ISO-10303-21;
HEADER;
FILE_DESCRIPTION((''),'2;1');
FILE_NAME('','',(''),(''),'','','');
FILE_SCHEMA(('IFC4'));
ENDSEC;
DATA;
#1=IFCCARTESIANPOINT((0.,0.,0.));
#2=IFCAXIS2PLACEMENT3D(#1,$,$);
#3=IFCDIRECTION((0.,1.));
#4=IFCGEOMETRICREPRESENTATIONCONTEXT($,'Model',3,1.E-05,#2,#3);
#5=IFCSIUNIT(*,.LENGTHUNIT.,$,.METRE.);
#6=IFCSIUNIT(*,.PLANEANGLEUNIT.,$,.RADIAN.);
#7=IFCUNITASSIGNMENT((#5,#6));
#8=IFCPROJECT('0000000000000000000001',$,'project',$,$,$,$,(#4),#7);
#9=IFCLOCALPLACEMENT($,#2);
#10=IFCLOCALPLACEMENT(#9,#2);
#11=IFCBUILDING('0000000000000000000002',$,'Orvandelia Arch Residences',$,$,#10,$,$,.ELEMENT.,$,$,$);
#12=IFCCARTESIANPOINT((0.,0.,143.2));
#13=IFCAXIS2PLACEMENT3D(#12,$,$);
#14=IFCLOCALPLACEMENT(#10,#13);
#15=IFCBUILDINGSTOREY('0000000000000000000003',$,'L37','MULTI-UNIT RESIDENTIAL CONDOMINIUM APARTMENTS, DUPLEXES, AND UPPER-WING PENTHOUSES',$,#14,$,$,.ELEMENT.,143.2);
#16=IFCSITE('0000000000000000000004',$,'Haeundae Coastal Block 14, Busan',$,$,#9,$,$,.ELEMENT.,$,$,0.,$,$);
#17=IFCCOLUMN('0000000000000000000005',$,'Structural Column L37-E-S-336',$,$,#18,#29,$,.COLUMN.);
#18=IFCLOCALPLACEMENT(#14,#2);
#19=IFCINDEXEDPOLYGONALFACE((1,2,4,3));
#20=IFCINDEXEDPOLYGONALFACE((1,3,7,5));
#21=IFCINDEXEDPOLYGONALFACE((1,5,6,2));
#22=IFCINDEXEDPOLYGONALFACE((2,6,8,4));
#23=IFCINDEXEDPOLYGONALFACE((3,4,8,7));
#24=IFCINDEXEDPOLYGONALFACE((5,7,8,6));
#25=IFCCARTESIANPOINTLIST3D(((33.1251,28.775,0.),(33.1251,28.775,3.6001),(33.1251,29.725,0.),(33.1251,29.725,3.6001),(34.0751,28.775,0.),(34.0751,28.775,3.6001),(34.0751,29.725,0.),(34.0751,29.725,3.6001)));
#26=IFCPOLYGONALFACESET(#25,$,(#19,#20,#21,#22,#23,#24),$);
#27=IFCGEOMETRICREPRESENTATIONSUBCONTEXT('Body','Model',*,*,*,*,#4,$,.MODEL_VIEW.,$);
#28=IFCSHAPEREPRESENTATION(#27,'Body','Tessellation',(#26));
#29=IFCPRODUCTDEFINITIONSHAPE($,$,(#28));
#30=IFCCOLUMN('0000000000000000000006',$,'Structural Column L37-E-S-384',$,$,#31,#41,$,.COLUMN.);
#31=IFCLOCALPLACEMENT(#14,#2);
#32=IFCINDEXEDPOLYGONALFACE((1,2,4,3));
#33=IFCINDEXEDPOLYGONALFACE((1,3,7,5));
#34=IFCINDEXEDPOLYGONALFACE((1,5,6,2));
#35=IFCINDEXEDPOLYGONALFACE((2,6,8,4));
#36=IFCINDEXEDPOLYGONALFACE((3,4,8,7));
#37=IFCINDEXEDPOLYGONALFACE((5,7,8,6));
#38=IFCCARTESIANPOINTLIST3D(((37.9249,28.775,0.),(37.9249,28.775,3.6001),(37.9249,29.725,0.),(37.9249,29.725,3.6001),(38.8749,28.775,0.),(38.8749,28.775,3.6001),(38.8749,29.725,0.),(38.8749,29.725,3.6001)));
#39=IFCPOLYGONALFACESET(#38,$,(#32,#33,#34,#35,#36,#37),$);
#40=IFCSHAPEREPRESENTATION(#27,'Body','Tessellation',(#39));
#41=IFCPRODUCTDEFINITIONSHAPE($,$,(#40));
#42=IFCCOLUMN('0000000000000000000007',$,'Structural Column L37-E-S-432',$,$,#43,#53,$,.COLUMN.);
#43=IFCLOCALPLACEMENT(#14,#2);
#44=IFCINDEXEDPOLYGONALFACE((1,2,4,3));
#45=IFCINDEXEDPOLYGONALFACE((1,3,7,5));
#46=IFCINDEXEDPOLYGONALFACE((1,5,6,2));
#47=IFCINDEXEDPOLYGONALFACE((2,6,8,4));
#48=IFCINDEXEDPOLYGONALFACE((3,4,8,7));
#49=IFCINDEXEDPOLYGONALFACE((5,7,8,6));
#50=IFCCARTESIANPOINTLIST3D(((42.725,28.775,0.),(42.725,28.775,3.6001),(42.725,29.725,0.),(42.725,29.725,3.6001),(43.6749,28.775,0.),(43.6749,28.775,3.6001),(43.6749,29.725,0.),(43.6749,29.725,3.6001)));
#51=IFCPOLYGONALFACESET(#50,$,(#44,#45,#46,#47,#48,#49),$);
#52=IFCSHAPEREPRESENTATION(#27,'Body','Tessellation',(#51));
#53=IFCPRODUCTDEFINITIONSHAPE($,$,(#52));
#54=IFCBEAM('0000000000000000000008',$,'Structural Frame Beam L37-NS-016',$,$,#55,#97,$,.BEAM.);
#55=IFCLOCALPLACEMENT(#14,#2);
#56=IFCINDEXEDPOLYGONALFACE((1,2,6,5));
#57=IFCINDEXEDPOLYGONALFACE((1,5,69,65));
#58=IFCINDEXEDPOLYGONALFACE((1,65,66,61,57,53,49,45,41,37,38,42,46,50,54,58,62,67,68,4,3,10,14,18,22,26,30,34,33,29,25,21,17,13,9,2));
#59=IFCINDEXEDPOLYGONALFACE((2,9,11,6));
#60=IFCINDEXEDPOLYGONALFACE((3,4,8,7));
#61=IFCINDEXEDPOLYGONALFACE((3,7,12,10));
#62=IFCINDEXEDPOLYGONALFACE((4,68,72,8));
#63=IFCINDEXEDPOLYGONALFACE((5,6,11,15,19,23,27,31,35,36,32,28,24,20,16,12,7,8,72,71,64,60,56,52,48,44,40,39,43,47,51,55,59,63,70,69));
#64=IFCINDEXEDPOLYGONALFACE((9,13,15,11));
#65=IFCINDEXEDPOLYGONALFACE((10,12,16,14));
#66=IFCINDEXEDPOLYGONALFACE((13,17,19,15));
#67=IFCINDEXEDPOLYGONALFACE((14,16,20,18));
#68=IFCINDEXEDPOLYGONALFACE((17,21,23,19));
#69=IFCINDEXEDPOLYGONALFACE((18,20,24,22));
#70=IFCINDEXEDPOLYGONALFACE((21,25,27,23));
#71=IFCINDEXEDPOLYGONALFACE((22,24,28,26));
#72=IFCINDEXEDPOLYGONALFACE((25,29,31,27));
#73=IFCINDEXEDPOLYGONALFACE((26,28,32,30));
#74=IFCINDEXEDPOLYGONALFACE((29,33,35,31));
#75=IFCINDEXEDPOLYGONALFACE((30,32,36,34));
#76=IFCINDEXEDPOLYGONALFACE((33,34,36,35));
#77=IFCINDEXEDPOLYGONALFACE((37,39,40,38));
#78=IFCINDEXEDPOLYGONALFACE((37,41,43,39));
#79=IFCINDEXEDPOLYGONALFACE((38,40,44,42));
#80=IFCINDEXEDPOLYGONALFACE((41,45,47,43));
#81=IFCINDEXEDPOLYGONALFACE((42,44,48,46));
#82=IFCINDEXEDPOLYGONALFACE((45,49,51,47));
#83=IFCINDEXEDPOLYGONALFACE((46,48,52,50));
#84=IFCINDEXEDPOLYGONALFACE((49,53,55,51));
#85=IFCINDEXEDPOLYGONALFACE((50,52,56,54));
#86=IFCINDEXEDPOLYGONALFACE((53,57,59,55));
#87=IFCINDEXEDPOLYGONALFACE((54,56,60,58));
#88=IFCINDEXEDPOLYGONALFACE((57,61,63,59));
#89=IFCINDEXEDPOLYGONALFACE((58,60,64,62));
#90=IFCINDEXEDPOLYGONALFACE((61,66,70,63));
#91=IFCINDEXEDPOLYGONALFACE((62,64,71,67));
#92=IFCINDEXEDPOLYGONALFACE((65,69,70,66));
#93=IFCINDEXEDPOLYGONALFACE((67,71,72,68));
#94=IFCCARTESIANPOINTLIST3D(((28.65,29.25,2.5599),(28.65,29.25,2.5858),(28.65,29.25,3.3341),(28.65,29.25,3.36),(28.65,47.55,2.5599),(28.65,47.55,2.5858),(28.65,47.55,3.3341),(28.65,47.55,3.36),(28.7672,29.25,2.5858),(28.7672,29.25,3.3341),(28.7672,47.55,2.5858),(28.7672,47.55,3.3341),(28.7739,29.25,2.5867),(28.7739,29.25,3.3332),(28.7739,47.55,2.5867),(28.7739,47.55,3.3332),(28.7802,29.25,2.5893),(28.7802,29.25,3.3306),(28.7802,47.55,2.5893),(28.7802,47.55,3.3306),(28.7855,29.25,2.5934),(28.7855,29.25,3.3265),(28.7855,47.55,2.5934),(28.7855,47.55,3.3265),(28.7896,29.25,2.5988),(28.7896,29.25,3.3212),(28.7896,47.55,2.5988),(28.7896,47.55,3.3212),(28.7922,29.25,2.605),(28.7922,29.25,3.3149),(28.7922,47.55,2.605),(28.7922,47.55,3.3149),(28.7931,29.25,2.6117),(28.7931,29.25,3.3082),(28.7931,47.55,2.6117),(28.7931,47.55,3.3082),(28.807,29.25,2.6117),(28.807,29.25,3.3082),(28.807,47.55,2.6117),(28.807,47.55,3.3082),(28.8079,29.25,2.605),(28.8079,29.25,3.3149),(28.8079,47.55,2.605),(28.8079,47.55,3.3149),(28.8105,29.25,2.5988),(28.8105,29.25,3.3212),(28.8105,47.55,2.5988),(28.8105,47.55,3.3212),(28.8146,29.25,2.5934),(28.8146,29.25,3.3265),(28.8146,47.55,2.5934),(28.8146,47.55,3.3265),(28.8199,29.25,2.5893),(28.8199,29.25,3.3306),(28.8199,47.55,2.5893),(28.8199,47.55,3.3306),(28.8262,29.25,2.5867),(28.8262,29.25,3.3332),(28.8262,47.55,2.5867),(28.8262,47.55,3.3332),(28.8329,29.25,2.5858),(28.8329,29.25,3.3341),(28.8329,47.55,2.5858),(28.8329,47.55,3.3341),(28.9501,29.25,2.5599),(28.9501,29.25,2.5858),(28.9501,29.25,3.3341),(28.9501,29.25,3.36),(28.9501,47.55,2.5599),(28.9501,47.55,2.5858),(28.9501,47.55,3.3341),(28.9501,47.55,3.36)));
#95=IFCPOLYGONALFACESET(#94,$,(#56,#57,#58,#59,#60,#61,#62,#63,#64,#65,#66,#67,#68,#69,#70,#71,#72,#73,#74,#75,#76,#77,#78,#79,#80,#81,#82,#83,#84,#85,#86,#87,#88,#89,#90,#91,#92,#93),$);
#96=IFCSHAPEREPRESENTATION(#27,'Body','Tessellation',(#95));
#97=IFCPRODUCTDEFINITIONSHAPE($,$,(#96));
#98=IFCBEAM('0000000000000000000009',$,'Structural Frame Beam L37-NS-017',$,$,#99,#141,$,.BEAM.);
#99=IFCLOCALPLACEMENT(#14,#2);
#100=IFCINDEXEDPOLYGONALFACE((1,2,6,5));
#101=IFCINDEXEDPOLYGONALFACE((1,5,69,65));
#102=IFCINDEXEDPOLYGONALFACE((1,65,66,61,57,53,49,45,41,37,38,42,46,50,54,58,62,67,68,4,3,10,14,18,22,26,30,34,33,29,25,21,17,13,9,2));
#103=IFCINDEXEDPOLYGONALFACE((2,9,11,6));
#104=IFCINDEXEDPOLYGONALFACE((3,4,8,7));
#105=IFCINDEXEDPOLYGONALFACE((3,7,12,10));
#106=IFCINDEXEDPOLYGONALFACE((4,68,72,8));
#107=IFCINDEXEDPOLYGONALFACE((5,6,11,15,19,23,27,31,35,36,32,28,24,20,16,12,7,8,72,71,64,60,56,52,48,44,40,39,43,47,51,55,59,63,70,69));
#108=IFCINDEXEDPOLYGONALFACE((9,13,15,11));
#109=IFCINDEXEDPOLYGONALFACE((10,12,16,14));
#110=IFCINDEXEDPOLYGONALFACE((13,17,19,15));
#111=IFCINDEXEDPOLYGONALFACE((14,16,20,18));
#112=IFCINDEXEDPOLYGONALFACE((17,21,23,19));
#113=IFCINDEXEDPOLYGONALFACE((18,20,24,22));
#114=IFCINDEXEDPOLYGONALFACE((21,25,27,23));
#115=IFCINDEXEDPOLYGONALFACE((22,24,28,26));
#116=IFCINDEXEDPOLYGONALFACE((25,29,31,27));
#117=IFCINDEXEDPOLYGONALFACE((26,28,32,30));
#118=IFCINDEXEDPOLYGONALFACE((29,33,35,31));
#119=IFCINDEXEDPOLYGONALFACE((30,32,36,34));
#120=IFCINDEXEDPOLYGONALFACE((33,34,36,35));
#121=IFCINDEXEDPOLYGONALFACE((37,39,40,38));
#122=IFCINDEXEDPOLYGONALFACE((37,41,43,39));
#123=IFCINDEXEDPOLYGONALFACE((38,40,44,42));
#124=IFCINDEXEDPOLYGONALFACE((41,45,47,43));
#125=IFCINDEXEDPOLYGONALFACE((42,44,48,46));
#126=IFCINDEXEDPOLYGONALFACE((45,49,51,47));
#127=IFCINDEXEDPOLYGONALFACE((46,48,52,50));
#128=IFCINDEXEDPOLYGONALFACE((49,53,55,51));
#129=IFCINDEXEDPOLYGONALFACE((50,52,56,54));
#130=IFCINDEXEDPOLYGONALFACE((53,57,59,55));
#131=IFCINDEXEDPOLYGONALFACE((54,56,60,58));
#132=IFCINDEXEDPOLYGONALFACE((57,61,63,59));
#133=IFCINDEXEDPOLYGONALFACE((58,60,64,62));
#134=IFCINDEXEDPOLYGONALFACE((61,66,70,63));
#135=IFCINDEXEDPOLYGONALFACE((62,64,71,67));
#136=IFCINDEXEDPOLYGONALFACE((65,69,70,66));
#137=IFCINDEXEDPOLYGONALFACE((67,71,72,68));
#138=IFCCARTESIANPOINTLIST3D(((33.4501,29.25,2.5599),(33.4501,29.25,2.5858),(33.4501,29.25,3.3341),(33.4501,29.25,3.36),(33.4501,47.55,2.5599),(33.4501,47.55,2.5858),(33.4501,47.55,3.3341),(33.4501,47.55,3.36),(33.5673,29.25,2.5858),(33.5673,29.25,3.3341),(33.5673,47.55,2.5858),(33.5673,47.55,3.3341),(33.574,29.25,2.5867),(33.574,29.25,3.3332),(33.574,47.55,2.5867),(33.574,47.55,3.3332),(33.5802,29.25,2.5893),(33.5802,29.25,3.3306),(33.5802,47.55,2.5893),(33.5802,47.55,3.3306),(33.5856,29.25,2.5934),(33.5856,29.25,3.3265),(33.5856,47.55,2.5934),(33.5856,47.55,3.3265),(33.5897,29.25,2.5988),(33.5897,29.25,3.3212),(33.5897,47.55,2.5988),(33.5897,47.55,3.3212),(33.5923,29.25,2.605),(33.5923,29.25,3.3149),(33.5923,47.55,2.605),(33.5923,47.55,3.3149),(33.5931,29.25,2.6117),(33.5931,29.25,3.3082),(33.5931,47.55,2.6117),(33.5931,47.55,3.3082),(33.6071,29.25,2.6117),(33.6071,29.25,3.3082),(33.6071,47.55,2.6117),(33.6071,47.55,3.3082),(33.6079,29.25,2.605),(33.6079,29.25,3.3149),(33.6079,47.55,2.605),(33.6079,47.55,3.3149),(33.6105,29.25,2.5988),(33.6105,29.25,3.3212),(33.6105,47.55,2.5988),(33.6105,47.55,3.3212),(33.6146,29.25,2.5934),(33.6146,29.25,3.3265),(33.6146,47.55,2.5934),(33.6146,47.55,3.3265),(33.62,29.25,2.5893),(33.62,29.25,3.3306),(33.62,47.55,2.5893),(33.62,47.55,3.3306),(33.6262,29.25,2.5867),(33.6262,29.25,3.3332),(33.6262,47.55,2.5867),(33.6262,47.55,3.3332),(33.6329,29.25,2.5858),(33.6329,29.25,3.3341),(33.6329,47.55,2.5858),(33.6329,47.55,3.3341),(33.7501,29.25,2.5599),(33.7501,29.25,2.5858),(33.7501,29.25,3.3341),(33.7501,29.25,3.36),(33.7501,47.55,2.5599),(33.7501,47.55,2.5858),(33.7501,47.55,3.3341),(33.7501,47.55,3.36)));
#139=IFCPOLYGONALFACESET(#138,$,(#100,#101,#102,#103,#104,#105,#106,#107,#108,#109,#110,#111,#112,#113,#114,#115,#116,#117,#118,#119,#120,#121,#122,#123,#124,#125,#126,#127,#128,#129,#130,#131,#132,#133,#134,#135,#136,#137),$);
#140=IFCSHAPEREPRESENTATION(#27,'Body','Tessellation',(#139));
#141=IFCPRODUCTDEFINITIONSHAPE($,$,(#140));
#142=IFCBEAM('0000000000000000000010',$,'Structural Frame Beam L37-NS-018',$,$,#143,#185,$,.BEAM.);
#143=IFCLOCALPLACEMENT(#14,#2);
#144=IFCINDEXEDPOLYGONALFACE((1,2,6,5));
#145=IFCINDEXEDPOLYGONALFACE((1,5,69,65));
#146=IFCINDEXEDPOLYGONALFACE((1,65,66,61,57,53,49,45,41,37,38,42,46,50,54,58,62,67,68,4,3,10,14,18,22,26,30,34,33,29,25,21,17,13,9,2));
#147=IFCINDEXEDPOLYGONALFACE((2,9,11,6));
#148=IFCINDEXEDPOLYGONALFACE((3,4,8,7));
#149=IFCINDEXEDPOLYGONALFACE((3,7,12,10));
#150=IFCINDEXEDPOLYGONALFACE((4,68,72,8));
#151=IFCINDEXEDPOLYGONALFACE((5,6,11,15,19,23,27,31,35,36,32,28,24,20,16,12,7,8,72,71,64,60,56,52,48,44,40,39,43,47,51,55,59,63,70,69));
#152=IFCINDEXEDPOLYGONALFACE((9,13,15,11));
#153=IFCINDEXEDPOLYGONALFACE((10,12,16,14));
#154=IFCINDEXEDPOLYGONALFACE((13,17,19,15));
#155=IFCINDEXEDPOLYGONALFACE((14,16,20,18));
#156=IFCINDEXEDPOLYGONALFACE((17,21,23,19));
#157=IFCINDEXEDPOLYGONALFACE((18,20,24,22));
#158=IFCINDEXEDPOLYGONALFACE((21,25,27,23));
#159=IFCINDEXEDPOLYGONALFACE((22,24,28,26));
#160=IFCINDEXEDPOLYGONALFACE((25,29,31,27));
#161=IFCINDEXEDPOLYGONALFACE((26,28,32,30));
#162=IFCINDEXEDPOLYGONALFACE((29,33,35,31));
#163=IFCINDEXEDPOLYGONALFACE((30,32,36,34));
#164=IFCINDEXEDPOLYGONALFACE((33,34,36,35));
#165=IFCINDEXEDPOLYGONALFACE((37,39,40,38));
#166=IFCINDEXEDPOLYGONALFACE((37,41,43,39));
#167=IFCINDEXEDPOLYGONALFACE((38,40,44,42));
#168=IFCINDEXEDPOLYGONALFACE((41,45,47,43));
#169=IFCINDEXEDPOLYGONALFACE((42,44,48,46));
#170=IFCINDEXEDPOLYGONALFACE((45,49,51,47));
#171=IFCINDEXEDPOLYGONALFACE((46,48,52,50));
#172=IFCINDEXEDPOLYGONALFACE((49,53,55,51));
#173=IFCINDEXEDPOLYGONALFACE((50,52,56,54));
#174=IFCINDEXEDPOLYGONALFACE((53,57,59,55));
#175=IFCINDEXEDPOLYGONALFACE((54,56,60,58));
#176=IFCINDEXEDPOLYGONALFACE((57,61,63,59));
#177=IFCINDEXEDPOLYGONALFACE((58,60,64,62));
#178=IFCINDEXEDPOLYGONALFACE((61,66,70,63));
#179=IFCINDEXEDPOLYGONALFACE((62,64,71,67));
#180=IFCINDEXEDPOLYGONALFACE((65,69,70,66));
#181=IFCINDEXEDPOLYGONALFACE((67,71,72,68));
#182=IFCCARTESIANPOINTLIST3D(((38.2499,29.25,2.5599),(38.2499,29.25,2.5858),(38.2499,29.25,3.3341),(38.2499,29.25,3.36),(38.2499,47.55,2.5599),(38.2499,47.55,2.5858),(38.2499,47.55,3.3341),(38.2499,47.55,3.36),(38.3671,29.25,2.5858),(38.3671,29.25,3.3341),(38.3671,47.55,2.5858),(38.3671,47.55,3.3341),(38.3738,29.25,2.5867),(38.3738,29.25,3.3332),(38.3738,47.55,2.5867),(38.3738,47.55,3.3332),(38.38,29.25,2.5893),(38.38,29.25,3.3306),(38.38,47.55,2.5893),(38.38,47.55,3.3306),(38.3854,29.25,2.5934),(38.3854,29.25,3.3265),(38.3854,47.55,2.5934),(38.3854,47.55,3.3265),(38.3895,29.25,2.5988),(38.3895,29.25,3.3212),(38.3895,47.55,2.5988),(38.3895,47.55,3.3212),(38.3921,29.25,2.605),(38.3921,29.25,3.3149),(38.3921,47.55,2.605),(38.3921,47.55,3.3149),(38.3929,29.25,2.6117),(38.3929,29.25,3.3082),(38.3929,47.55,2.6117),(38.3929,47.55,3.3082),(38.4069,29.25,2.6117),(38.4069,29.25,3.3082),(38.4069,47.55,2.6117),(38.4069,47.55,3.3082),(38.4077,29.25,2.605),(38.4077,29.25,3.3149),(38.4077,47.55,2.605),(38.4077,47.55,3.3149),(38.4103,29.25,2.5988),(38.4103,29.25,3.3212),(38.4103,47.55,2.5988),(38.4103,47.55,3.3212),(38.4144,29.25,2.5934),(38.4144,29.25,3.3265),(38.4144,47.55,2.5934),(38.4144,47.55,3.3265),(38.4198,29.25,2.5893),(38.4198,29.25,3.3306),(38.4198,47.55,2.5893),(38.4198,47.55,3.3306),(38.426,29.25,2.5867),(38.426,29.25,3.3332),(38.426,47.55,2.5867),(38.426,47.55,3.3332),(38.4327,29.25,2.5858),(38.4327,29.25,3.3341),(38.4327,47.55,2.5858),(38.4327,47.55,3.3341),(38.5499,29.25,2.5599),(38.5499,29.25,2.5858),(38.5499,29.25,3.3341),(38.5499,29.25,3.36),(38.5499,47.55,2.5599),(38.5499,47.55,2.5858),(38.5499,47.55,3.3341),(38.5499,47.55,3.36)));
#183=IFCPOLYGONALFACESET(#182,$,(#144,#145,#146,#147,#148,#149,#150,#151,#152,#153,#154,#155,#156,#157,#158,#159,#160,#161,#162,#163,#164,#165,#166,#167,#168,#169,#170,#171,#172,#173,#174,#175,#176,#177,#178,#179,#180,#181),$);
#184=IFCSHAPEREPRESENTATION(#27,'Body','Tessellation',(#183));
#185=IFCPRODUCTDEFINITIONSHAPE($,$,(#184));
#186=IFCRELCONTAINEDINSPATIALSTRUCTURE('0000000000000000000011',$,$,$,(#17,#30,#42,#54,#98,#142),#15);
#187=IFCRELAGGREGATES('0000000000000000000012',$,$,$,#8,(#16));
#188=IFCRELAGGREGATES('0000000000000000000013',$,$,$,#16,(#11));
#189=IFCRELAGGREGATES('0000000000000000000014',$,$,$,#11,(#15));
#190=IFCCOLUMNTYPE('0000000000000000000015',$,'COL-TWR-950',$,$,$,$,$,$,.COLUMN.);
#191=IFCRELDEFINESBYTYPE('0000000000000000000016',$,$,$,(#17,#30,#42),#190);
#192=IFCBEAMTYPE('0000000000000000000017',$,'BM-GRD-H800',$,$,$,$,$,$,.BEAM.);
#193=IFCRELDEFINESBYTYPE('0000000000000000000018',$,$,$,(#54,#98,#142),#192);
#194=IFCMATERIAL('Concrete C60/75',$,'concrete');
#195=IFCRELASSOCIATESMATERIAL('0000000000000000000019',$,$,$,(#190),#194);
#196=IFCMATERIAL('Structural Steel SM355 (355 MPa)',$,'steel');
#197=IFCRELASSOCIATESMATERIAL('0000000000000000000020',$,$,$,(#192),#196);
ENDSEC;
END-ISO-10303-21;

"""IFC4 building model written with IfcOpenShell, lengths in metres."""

from ifc_helpers import new_model, si_unit, direction, frame, origin, origin_2d, place, context, subcontext, project, spatial, rectangle, i_section, extrude, material, material_profile, profile_set, type_object, element, save


model = new_model("IFC4")

# Units and contexts
model_context = context("Model", 3, precision=1e-05, world=origin(), true_north=direction((0.0, 1.0)))
body_context = subcontext(model_context, "Body", "Model", "MODEL_VIEW")
ifc_project = project(units=[si_unit("LENGTHUNIT", "METRE"), si_unit("PLANEANGLEUNIT", "RADIAN")], contexts=[model_context])

# Site, building, storey
site_placement = place(None, origin())
site = spatial("IfcSite", under=ifc_project, at=site_placement, Name="Haeundae Coastal Block 14, Busan", CompositionType="ELEMENT", RefElevation=0.0)
building_placement = place(site_placement, origin())
building = spatial("IfcBuilding", under=site, at=building_placement, Name="Orvandelia Arch Residences", CompositionType="ELEMENT")
storey_placement = place(building_placement, frame((0.0, 0.0, 143.2)))
storey = spatial("IfcBuildingStorey", under=building, at=storey_placement, Name="L37", Description="MULTI-UNIT RESIDENTIAL CONDOMINIUM APARTMENTS, DUPLEXES, AND UPPER-WING PENTHOUSES", CompositionType="ELEMENT", Elevation=143.2)

# Columns
ifc_material_1 = material(Name="Concrete C60/75", Category="concrete")
ifc_material_profile_1 = material_profile(ifc_material_1, rectangle(XDim=0.95, YDim=0.95, at=origin_2d()), Name="Concrete C60/75", Category="concrete")
ifc_profile_set_1 = profile_set([ifc_material_profile_1], Name="Concrete C60/75")
column_type = type_object("IfcColumnType", Name="COL-TWR-950", PredefinedType="COLUMN", material=ifc_profile_set_1)
for number, where, z_axis, x_axis, name in (
    (1, (33.6001, 29.25, 0.0), (0.0, 0.0, 1.0), (1.0, 0.0, 0.0), "Structural Column L37-E-S-336"),
    (2, (38.3999, 29.25, 0.0), (0.0, 0.0, 1.0), (1.0, 0.0, 0.0), "Structural Column L37-E-S-384"),
    (3, (43.2, 29.25, 0.0), (0.0, 0.0, 1.0), (1.0, 0.0, 0.0), "Structural Column L37-E-S-432"),
):
    element("IfcColumn", number, at=place(storey_placement, frame(where, z_axis=z_axis, x_axis=x_axis)), inside=storey, type_object=column_type, Name=name, PredefinedType="COLUMN", context=body_context, shape_type="SweptSolid", body=[
        extrude(rectangle(XDim=0.95, YDim=0.95, at=origin_2d()), origin(), (0.0, 0.0, 1.0), 3.6001),
    ])

# Beams
ifc_material_2 = material(Name="Structural Steel SM355 (355 MPa)", Category="steel")
ifc_material_profile_2 = material_profile(ifc_material_2, i_section(OverallWidth=0.3, OverallDepth=0.8, WebThickness=0.0139, FlangeThickness=0.0259, FilletRadius=0.0259, at=origin_2d()), Name="Structural Steel SM355 (355 MPa)", Category="steel")
ifc_profile_set_2 = profile_set([ifc_material_profile_2], Name="Structural Steel SM355 (355 MPa)")
beam_type = type_object("IfcBeamType", Name="BM-GRD-H800", PredefinedType="BEAM", material=ifc_profile_set_2)
for number, where, z_axis, x_axis, name in (
    (4, (28.8, 29.25, 2.96), (0.0, 1.0, 0.0), (-1.0, 0.0, 0.0), "Structural Frame Beam L37-NS-016"),
    (5, (33.6001, 29.25, 2.96), (0.0, 1.0, 0.0), (-1.0, 0.0, 0.0), "Structural Frame Beam L37-NS-017"),
    (6, (38.3999, 29.25, 2.96), (0.0, 1.0, 0.0), (-1.0, 0.0, 0.0), "Structural Frame Beam L37-NS-018"),
):
    element("IfcBeam", number, at=place(storey_placement, frame(where, z_axis=z_axis, x_axis=x_axis)), inside=storey, type_object=beam_type, Name=name, PredefinedType="BEAM", context=body_context, shape_type="SweptSolid", body=[
        extrude(i_section(OverallWidth=0.3, OverallDepth=0.8, WebThickness=0.0139, FlangeThickness=0.0259, FilletRadius=0.0259, at=origin_2d()), origin(), (0.0, 0.0, 1.0), 18.3),
    ])

save(model, "model.ifc")
